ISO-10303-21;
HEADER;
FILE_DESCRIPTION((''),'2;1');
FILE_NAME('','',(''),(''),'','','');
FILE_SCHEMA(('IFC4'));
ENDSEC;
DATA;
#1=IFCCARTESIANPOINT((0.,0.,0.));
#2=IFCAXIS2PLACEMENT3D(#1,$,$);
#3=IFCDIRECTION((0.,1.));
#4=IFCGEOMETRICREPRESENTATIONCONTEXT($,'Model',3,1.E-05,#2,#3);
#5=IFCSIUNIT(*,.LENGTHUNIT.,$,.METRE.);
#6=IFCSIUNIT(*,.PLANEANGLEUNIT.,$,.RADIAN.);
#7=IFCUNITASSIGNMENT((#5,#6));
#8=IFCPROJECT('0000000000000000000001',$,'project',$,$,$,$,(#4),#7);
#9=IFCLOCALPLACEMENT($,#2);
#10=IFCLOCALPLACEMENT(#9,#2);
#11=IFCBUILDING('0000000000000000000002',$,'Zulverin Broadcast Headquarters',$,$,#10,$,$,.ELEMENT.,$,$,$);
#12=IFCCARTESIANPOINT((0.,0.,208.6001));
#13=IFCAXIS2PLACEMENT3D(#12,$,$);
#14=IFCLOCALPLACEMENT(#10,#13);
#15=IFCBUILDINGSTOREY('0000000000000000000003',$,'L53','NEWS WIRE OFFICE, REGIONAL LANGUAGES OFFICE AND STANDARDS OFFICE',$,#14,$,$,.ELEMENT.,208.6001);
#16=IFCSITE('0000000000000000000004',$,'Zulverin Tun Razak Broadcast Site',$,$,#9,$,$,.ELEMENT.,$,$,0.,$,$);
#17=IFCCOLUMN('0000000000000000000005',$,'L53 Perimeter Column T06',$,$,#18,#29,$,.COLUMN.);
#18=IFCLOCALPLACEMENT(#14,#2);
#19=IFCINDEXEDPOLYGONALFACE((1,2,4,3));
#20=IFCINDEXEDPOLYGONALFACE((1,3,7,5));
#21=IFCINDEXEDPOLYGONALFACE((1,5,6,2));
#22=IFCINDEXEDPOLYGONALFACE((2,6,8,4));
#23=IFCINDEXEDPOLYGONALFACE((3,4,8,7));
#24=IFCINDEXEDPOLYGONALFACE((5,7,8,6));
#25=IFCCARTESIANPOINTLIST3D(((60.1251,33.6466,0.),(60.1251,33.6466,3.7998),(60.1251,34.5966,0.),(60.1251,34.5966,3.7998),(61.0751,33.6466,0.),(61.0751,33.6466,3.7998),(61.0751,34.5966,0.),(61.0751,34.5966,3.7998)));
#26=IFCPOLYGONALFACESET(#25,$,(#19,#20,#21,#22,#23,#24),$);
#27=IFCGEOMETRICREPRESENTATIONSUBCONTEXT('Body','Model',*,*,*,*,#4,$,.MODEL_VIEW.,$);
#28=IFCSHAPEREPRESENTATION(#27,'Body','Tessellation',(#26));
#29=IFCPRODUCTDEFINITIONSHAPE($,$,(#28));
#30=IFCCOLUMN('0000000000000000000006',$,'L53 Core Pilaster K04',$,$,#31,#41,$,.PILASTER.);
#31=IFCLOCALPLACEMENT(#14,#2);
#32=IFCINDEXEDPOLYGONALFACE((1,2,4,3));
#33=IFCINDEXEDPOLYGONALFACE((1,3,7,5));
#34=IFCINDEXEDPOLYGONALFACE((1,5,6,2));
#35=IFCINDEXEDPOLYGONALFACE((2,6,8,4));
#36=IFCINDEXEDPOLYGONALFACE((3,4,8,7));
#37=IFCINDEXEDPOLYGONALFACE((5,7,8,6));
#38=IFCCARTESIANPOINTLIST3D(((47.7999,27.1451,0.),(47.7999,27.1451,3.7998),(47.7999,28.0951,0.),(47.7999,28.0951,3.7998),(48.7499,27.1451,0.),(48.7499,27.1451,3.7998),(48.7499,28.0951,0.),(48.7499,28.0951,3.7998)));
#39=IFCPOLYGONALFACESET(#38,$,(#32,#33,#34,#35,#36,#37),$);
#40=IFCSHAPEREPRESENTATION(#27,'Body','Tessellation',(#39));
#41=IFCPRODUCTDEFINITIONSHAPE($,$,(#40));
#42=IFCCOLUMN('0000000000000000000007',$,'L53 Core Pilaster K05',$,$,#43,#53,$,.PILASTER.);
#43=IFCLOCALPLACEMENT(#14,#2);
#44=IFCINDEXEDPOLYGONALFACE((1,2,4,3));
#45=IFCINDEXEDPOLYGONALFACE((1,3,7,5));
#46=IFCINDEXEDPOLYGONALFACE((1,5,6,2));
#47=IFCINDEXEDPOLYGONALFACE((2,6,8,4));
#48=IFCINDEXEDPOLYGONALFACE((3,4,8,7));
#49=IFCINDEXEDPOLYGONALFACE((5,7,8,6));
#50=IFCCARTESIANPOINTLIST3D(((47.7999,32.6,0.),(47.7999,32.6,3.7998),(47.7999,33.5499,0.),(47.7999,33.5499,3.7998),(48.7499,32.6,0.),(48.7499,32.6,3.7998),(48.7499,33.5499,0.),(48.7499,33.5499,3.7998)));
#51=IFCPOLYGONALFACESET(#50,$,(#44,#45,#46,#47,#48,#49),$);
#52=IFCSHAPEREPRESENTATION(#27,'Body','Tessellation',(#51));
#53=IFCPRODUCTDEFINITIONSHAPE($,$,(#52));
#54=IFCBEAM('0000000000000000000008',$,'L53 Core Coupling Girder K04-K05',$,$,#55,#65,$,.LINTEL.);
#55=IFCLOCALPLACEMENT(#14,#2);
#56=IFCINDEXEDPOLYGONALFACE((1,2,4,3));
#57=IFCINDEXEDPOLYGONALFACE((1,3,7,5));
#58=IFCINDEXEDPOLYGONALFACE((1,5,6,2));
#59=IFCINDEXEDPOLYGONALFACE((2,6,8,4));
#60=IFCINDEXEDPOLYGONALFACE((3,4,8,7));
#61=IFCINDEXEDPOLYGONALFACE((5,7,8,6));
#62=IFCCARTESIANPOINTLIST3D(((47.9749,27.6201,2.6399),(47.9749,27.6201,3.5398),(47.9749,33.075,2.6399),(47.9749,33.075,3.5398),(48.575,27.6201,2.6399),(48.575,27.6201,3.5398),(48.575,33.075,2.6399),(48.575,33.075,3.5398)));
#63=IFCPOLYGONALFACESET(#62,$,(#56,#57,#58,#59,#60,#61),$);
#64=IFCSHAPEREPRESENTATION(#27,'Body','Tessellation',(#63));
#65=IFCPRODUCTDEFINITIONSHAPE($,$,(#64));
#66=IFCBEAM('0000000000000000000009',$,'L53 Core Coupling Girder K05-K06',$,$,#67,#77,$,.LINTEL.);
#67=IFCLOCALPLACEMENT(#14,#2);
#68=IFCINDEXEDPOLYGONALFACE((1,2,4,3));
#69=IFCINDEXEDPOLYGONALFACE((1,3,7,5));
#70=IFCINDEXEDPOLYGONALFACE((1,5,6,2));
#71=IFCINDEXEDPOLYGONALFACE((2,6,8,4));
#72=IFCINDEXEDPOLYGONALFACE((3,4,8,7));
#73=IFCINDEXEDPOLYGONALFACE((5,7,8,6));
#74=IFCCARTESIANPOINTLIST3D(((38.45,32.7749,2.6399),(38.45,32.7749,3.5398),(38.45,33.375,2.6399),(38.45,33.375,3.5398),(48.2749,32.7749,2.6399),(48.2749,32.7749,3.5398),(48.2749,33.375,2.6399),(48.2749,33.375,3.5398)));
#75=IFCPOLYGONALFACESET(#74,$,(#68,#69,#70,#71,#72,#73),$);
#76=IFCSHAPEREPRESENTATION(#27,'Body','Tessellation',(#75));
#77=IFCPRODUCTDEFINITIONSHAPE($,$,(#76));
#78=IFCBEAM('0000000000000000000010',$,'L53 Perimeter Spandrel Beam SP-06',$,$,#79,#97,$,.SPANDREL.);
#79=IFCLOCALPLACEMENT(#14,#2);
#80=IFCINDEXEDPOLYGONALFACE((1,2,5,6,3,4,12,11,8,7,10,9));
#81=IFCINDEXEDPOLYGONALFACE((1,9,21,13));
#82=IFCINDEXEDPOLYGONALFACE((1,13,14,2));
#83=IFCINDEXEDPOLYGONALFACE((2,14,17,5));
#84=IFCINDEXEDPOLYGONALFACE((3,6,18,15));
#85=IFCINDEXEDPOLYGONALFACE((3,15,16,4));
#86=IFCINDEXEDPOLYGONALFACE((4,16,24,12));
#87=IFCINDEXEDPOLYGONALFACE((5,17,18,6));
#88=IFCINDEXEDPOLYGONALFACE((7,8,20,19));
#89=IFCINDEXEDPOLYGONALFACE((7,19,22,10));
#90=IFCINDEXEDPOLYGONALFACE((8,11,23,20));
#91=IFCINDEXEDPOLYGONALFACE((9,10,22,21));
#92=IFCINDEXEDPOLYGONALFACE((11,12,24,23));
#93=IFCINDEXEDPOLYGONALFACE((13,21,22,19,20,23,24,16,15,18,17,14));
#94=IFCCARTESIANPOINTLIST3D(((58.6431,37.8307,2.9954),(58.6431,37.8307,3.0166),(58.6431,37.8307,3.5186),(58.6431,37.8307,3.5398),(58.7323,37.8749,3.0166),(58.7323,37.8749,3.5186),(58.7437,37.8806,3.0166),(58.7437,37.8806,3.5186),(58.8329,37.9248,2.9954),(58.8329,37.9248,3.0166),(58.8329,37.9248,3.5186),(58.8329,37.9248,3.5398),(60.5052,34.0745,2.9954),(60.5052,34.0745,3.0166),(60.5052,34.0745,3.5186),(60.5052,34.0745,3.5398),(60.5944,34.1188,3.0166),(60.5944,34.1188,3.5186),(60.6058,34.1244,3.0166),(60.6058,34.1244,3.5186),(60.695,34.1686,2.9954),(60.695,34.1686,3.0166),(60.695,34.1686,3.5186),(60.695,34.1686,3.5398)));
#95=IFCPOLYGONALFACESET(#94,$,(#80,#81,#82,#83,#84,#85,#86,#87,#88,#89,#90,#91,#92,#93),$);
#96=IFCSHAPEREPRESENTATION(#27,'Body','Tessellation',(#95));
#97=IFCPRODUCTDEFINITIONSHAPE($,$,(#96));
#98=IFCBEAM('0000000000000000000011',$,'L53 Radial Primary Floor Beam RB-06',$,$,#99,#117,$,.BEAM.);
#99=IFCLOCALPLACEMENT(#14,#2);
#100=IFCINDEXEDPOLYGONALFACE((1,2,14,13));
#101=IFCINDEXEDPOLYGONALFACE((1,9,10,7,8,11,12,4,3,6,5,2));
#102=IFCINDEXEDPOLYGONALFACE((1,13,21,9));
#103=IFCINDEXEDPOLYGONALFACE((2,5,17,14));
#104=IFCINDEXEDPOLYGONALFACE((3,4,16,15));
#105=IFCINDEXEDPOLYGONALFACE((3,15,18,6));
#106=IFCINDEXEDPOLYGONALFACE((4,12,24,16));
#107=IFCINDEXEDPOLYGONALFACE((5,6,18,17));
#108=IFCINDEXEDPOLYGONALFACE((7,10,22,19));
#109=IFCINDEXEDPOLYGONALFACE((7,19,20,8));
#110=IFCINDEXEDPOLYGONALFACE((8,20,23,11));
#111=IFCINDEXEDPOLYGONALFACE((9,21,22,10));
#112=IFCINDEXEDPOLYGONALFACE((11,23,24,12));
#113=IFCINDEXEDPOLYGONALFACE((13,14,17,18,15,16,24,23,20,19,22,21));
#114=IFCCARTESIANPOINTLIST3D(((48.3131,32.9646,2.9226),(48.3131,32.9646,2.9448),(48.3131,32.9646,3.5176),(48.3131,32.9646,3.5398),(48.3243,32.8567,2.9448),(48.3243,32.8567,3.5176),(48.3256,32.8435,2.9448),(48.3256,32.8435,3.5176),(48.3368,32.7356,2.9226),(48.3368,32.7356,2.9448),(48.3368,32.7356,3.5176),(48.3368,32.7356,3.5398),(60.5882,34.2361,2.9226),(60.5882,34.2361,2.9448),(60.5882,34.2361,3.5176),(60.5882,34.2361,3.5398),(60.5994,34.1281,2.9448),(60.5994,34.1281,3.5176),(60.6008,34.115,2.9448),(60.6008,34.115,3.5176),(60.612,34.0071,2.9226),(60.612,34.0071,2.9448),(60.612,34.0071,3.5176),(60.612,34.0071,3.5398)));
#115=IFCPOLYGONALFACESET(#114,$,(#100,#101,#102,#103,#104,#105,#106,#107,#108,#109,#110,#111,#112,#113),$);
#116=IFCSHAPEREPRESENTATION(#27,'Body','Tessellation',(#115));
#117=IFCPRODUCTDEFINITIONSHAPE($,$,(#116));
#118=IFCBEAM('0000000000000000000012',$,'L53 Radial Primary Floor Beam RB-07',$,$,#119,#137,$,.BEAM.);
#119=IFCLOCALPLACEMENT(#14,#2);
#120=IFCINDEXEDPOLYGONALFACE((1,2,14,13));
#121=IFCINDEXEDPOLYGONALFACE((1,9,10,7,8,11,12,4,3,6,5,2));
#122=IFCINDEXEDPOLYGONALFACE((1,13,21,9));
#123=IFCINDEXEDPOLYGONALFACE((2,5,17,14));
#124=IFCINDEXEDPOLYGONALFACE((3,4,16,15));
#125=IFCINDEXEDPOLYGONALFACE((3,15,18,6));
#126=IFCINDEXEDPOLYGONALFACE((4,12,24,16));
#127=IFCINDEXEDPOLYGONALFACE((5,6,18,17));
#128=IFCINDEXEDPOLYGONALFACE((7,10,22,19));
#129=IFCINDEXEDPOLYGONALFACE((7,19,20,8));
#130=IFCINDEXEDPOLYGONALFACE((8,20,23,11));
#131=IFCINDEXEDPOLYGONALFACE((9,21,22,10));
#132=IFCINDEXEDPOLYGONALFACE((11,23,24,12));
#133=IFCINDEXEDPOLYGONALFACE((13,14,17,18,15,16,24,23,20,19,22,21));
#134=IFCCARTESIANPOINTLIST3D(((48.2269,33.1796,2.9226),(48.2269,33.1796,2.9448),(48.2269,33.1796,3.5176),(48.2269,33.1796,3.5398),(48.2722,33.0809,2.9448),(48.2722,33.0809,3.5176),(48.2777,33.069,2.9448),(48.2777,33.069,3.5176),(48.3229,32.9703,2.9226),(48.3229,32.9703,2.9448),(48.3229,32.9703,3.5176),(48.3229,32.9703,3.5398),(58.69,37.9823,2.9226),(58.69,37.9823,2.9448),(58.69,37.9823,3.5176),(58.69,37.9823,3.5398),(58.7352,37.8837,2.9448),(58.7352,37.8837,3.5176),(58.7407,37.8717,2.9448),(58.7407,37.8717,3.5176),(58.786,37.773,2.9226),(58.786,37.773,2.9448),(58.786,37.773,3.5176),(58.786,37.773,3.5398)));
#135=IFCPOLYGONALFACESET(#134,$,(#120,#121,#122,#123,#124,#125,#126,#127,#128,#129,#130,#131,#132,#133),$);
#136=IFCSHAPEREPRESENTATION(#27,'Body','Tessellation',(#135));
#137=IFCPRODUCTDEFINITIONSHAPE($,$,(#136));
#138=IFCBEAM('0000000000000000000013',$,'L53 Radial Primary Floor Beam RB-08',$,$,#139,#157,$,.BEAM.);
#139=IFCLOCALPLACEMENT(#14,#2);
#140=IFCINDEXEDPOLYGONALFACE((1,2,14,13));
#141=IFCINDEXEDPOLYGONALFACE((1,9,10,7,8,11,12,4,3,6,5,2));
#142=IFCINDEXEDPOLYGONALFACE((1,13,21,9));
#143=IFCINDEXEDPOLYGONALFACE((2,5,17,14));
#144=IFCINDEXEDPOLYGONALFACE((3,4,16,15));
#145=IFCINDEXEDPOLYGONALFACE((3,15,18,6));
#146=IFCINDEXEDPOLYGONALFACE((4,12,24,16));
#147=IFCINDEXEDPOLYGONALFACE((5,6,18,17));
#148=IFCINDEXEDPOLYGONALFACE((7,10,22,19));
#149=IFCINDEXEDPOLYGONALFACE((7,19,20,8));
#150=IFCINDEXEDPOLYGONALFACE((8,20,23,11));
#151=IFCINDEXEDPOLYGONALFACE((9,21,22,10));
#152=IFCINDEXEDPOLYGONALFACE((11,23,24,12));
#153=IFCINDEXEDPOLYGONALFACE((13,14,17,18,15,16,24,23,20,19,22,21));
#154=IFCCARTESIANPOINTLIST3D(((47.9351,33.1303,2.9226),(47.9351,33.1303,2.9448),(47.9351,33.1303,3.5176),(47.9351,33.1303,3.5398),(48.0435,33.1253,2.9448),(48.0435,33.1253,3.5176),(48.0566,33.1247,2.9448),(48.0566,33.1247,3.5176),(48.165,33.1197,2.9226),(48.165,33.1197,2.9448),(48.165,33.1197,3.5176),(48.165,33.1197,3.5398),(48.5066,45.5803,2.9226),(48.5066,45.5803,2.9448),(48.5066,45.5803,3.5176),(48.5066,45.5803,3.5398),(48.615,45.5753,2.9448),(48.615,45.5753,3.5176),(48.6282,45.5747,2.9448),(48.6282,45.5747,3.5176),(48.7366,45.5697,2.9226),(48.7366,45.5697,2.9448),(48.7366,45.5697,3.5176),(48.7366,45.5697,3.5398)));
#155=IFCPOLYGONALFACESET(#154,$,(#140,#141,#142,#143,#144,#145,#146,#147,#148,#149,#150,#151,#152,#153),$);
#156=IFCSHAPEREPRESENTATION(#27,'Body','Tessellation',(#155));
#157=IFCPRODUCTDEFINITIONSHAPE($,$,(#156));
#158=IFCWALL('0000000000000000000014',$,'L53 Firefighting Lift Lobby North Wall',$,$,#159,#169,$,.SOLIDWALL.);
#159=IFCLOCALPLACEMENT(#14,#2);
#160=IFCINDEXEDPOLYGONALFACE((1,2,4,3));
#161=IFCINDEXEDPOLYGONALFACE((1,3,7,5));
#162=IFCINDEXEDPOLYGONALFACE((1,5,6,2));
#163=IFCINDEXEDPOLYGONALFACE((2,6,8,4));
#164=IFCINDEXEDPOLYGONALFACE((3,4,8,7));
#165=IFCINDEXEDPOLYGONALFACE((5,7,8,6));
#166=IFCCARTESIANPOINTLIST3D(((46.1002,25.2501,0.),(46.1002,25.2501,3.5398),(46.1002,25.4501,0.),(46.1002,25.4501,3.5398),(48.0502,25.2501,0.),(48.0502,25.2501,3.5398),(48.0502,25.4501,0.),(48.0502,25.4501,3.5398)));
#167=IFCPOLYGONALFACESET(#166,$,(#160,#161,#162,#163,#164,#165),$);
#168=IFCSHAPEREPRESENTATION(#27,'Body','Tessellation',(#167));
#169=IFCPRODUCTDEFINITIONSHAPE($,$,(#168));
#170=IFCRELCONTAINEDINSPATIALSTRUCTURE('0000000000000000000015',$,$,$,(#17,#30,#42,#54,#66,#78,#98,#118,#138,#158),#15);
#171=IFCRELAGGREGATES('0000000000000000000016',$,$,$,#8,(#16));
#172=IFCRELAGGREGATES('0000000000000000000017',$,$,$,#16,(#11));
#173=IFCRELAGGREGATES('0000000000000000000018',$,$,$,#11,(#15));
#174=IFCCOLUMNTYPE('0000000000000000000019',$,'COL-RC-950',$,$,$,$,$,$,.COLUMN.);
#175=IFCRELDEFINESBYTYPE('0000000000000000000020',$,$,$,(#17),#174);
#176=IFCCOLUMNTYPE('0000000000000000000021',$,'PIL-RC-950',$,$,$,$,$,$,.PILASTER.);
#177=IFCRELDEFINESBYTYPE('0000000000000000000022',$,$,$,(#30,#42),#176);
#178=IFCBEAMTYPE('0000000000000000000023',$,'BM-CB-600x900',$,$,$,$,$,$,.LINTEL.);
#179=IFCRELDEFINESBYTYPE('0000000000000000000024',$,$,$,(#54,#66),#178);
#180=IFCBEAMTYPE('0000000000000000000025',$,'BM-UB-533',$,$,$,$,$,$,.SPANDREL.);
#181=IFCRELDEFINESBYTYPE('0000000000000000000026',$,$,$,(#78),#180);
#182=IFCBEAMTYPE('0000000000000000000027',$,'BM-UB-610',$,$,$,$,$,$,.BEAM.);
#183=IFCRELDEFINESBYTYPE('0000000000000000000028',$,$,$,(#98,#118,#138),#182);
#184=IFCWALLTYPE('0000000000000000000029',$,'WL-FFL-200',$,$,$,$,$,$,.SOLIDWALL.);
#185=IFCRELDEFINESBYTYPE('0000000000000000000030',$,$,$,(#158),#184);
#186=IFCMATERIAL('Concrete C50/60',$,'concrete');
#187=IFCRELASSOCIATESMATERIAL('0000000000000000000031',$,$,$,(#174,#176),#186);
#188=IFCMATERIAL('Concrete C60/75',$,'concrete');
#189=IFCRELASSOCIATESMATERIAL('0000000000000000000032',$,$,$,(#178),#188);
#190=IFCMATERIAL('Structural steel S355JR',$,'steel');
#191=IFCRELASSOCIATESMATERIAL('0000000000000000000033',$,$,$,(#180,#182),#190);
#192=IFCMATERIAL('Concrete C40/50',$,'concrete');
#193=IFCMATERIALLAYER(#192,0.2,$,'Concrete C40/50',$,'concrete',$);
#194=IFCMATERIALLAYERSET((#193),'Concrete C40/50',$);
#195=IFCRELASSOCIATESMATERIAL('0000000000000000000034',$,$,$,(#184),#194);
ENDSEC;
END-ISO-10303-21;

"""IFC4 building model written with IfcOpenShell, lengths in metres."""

from ifc_helpers import new_model, si_unit, direction, frame, frame_2d, origin, origin_2d, place, context, subcontext, project, spatial, rectangle, i_section, extrude, material, layer, layer_set, material_profile, profile_set, type_object, element, save


model = new_model("IFC4")

# Units and contexts
model_context = context("Model", 3, precision=1e-05, world=origin(), true_north=direction((0.0, 1.0)))
body_context = subcontext(model_context, "Body", "Model", "MODEL_VIEW")
ifc_project = project(units=[si_unit("LENGTHUNIT", "METRE"), si_unit("PLANEANGLEUNIT", "RADIAN")], contexts=[model_context])

# Site, building, storey
site_placement = place(None, origin())
site = spatial("IfcSite", under=ifc_project, at=site_placement, Name="Zulverin Tun Razak Broadcast Site", CompositionType="ELEMENT", RefElevation=0.0)
building_placement = place(site_placement, origin())
building = spatial("IfcBuilding", under=site, at=building_placement, Name="Zulverin Broadcast Headquarters", CompositionType="ELEMENT")
storey_placement = place(building_placement, frame((0.0, 0.0, 208.6001)))
storey = spatial("IfcBuildingStorey", under=building, at=storey_placement, Name="L53", Description="NEWS WIRE OFFICE, REGIONAL LANGUAGES OFFICE AND STANDARDS OFFICE", CompositionType="ELEMENT", Elevation=208.6001)

# Columns
ifc_material_1 = material(Name="Concrete C50/60", Category="concrete")
ifc_material_profile_1 = material_profile(ifc_material_1, rectangle(XDim=0.95, YDim=0.95, at=origin_2d()), Name="Concrete C50/60", Category="concrete")
ifc_profile_set_1 = profile_set([ifc_material_profile_1], Name="Concrete C50/60")
column_type_1 = type_object("IfcColumnType", Name="COL-RC-950", PredefinedType="COLUMN", material=ifc_profile_set_1)
column_placement = place(storey_placement, frame((60.6001, 34.1216, 0.0), z_axis=(0.0, 0.0, 1.0), x_axis=(1.0, 0.0, 0.0)))
element("IfcColumn", 1, at=column_placement, inside=storey, type_object=column_type_1, Name="L53 Perimeter Column T06", PredefinedType="COLUMN", context=body_context, shape_type="SweptSolid", body=[
    extrude(rectangle(XDim=0.95, YDim=0.95, at=origin_2d()), origin(), (0.0, 0.0, 1.0), 3.7998),
])
ifc_material_profile_2 = material_profile(ifc_material_1, rectangle(XDim=0.95, YDim=0.95, at=origin_2d()), Name="Concrete C50/60", Category="concrete")
ifc_profile_set_2 = profile_set([ifc_material_profile_2], Name="Concrete C50/60")
column_type_2 = type_object("IfcColumnType", Name="PIL-RC-950", PredefinedType="PILASTER", material=ifc_profile_set_2)
for number, where, z_axis, x_axis, name in (
    (2, (48.2749, 27.6201, 0.0), (0.0, 0.0, 1.0), (1.0, 0.0, 0.0), "L53 Core Pilaster K04"),
    (3, (48.2749, 33.075, 0.0), (0.0, 0.0, 1.0), (1.0, 0.0, 0.0), "L53 Core Pilaster K05"),
):
    element("IfcColumn", number, at=place(storey_placement, frame(where, z_axis=z_axis, x_axis=x_axis)), inside=storey, type_object=column_type_2, Name=name, PredefinedType="PILASTER", context=body_context, shape_type="SweptSolid", body=[
        extrude(rectangle(XDim=0.95, YDim=0.95, at=origin_2d()), origin(), (0.0, 0.0, 1.0), 3.7998),
    ])

# Beams
ifc_material_2 = material(Name="Concrete C60/75", Category="concrete")
ifc_material_profile_3 = material_profile(ifc_material_2, rectangle(XDim=0.6001, YDim=0.8999, at=origin_2d()), Name="Concrete C60/75", Category="concrete")
ifc_profile_set_3 = profile_set([ifc_material_profile_3], Name="Concrete C60/75")
beam_type_1 = type_object("IfcBeamType", Name="BM-CB-600x900", PredefinedType="LINTEL", material=ifc_profile_set_3)
beam_1_placement = place(storey_placement, frame((48.2749, 27.6201, 3.0898), z_axis=(0.0, 1.0, 0.0), x_axis=(-1.0, 0.0, 0.0)))
element("IfcBeam", 4, at=beam_1_placement, inside=storey, type_object=beam_type_1, Name="L53 Core Coupling Girder K04-K05", PredefinedType="LINTEL", context=body_context, shape_type="SweptSolid", body=[
    extrude(rectangle(XDim=0.6001, YDim=0.8999, at=origin_2d()), origin(), (0.0, 0.0, 1.0), 5.4548),
])
beam_2_placement = place(storey_placement, frame((48.2749, 33.075, 3.0898), z_axis=(-1.0, 0.0, 0.0), x_axis=(0.0, -1.0, 0.0)))
element("IfcBeam", 5, at=beam_2_placement, inside=storey, type_object=beam_type_1, Name="L53 Core Coupling Girder K05-K06", PredefinedType="LINTEL", context=body_context, shape_type="SweptSolid", body=[
    extrude(rectangle(XDim=0.6001, YDim=0.8999, at=origin_2d()), origin(), (0.0, 0.0, 1.0), 9.825),
])
ifc_material_3 = material(Name="Structural steel S355JR", Category="steel")
ifc_material_profile_4 = material_profile(ifc_material_3, i_section(OverallWidth=0.2119, OverallDepth=0.5444, WebThickness=0.0127, FlangeThickness=0.0212, at=origin_2d()), Name="Structural steel S355JR", Category="steel")
ifc_profile_set_4 = profile_set([ifc_material_profile_4], Name="Structural steel S355JR")
beam_type_2 = type_object("IfcBeamType", Name="BM-UB-533", PredefinedType="SPANDREL", material=ifc_profile_set_4)
beam_3_placement = place(storey_placement, frame((60.6001, 34.1216, 3.2676), z_axis=(-0.444159, 0.895948, 0.0), x_axis=(-0.895948, -0.444159, 0.0)))
element("IfcBeam", 6, at=beam_3_placement, inside=storey, type_object=beam_type_2, Name="L53 Perimeter Spandrel Beam SP-06", PredefinedType="SPANDREL", context=body_context, shape_type="SweptSolid", body=[
    extrude(i_section(OverallWidth=0.2119, OverallDepth=0.5444, WebThickness=0.0127, FlangeThickness=0.0212, at=origin_2d()), origin(), (0.0, 0.0, 1.0), 4.1924),
])
ifc_material_profile_5 = material_profile(ifc_material_3, i_section(OverallWidth=0.2302, OverallDepth=0.6172, WebThickness=0.0132, FlangeThickness=0.0222, at=origin_2d()), Name="Structural steel S355JR", Category="steel")
ifc_profile_set_5 = profile_set([ifc_material_profile_5], Name="Structural steel S355JR")
beam_type_3 = type_object("IfcBeamType", Name="BM-UB-610", PredefinedType="BEAM", material=ifc_profile_set_5)
beam_4_placement = place(storey_placement, frame((48.325, 32.8501, 3.2312), z_axis=(0.994678, 0.103031, 0.0), x_axis=(-0.103031, 0.994678, 0.0)))
element("IfcBeam", 7, at=beam_4_placement, inside=storey, type_object=beam_type_3, Name="L53 Radial Primary Floor Beam RB-06", PredefinedType="BEAM", context=body_context, shape_type="SweptSolid", body=[
    extrude(i_section(OverallWidth=0.2302, OverallDepth=0.6172, WebThickness=0.0132, FlangeThickness=0.0222, at=origin_2d()), origin(), (0.0, 0.0, 1.0), 12.3408),
])
beam_5_placement = place(storey_placement, frame((48.2749, 33.075, 3.2312), z_axis=(0.90883, 0.417167, 0.0), x_axis=(-0.417167, 0.90883, 0.0)))
element("IfcBeam", 8, at=beam_5_placement, inside=storey, type_object=beam_type_3, Name="L53 Radial Primary Floor Beam RB-07", PredefinedType="BEAM", context=body_context, shape_type="SweptSolid", body=[
    extrude(i_section(OverallWidth=0.2302, OverallDepth=0.6172, WebThickness=0.0132, FlangeThickness=0.0222, at=origin_2d()), origin(), (0.0, 0.0, 1.0), 11.5127),
])
beam_6_placement = place(storey_placement, frame((48.05, 33.125, 3.2312), z_axis=(0.045858, 0.998948, 0.0), x_axis=(-0.998948, 0.045858, 0.0)))
element("IfcBeam", 9, at=beam_6_placement, inside=storey, type_object=beam_type_3, Name="L53 Radial Primary Floor Beam RB-08", PredefinedType="BEAM", context=body_context, shape_type="SweptSolid", body=[
    extrude(i_section(OverallWidth=0.2302, OverallDepth=0.6172, WebThickness=0.0132, FlangeThickness=0.0222, at=origin_2d()), origin(), (0.0, 0.0, 1.0), 12.4631),
])

# Wall
ifc_material_4 = material(Name="Concrete C40/50", Category="concrete")
ifc_layer_1 = layer(ifc_material_4, 0.2, Name="Concrete C40/50", Category="concrete")
ifc_layer_set_1 = layer_set([ifc_layer_1], Name="Concrete C40/50")
wall_type_1 = type_object("IfcWallType", Name="WL-FFL-200", PredefinedType="SOLIDWALL", material=ifc_layer_set_1)
wall_1_placement = place(storey_placement, frame((46.1001, 25.3501, 0.0), z_axis=(0.0, 0.0, 1.0), x_axis=(1.0, 0.0, 0.0)))
element("IfcWall", 10, at=wall_1_placement, inside=storey, type_object=wall_type_1, Name="L53 Firefighting Lift Lobby North Wall", PredefinedType="SOLIDWALL", context=body_context, shape_type="SweptSolid", body=[
    extrude(rectangle(XDim=1.95, YDim=0.2, at=frame_2d((0.9751, 0.0))), origin(), (0.0, 0.0, 1.0), 3.5398),
])

save(model, "model.ifc")
